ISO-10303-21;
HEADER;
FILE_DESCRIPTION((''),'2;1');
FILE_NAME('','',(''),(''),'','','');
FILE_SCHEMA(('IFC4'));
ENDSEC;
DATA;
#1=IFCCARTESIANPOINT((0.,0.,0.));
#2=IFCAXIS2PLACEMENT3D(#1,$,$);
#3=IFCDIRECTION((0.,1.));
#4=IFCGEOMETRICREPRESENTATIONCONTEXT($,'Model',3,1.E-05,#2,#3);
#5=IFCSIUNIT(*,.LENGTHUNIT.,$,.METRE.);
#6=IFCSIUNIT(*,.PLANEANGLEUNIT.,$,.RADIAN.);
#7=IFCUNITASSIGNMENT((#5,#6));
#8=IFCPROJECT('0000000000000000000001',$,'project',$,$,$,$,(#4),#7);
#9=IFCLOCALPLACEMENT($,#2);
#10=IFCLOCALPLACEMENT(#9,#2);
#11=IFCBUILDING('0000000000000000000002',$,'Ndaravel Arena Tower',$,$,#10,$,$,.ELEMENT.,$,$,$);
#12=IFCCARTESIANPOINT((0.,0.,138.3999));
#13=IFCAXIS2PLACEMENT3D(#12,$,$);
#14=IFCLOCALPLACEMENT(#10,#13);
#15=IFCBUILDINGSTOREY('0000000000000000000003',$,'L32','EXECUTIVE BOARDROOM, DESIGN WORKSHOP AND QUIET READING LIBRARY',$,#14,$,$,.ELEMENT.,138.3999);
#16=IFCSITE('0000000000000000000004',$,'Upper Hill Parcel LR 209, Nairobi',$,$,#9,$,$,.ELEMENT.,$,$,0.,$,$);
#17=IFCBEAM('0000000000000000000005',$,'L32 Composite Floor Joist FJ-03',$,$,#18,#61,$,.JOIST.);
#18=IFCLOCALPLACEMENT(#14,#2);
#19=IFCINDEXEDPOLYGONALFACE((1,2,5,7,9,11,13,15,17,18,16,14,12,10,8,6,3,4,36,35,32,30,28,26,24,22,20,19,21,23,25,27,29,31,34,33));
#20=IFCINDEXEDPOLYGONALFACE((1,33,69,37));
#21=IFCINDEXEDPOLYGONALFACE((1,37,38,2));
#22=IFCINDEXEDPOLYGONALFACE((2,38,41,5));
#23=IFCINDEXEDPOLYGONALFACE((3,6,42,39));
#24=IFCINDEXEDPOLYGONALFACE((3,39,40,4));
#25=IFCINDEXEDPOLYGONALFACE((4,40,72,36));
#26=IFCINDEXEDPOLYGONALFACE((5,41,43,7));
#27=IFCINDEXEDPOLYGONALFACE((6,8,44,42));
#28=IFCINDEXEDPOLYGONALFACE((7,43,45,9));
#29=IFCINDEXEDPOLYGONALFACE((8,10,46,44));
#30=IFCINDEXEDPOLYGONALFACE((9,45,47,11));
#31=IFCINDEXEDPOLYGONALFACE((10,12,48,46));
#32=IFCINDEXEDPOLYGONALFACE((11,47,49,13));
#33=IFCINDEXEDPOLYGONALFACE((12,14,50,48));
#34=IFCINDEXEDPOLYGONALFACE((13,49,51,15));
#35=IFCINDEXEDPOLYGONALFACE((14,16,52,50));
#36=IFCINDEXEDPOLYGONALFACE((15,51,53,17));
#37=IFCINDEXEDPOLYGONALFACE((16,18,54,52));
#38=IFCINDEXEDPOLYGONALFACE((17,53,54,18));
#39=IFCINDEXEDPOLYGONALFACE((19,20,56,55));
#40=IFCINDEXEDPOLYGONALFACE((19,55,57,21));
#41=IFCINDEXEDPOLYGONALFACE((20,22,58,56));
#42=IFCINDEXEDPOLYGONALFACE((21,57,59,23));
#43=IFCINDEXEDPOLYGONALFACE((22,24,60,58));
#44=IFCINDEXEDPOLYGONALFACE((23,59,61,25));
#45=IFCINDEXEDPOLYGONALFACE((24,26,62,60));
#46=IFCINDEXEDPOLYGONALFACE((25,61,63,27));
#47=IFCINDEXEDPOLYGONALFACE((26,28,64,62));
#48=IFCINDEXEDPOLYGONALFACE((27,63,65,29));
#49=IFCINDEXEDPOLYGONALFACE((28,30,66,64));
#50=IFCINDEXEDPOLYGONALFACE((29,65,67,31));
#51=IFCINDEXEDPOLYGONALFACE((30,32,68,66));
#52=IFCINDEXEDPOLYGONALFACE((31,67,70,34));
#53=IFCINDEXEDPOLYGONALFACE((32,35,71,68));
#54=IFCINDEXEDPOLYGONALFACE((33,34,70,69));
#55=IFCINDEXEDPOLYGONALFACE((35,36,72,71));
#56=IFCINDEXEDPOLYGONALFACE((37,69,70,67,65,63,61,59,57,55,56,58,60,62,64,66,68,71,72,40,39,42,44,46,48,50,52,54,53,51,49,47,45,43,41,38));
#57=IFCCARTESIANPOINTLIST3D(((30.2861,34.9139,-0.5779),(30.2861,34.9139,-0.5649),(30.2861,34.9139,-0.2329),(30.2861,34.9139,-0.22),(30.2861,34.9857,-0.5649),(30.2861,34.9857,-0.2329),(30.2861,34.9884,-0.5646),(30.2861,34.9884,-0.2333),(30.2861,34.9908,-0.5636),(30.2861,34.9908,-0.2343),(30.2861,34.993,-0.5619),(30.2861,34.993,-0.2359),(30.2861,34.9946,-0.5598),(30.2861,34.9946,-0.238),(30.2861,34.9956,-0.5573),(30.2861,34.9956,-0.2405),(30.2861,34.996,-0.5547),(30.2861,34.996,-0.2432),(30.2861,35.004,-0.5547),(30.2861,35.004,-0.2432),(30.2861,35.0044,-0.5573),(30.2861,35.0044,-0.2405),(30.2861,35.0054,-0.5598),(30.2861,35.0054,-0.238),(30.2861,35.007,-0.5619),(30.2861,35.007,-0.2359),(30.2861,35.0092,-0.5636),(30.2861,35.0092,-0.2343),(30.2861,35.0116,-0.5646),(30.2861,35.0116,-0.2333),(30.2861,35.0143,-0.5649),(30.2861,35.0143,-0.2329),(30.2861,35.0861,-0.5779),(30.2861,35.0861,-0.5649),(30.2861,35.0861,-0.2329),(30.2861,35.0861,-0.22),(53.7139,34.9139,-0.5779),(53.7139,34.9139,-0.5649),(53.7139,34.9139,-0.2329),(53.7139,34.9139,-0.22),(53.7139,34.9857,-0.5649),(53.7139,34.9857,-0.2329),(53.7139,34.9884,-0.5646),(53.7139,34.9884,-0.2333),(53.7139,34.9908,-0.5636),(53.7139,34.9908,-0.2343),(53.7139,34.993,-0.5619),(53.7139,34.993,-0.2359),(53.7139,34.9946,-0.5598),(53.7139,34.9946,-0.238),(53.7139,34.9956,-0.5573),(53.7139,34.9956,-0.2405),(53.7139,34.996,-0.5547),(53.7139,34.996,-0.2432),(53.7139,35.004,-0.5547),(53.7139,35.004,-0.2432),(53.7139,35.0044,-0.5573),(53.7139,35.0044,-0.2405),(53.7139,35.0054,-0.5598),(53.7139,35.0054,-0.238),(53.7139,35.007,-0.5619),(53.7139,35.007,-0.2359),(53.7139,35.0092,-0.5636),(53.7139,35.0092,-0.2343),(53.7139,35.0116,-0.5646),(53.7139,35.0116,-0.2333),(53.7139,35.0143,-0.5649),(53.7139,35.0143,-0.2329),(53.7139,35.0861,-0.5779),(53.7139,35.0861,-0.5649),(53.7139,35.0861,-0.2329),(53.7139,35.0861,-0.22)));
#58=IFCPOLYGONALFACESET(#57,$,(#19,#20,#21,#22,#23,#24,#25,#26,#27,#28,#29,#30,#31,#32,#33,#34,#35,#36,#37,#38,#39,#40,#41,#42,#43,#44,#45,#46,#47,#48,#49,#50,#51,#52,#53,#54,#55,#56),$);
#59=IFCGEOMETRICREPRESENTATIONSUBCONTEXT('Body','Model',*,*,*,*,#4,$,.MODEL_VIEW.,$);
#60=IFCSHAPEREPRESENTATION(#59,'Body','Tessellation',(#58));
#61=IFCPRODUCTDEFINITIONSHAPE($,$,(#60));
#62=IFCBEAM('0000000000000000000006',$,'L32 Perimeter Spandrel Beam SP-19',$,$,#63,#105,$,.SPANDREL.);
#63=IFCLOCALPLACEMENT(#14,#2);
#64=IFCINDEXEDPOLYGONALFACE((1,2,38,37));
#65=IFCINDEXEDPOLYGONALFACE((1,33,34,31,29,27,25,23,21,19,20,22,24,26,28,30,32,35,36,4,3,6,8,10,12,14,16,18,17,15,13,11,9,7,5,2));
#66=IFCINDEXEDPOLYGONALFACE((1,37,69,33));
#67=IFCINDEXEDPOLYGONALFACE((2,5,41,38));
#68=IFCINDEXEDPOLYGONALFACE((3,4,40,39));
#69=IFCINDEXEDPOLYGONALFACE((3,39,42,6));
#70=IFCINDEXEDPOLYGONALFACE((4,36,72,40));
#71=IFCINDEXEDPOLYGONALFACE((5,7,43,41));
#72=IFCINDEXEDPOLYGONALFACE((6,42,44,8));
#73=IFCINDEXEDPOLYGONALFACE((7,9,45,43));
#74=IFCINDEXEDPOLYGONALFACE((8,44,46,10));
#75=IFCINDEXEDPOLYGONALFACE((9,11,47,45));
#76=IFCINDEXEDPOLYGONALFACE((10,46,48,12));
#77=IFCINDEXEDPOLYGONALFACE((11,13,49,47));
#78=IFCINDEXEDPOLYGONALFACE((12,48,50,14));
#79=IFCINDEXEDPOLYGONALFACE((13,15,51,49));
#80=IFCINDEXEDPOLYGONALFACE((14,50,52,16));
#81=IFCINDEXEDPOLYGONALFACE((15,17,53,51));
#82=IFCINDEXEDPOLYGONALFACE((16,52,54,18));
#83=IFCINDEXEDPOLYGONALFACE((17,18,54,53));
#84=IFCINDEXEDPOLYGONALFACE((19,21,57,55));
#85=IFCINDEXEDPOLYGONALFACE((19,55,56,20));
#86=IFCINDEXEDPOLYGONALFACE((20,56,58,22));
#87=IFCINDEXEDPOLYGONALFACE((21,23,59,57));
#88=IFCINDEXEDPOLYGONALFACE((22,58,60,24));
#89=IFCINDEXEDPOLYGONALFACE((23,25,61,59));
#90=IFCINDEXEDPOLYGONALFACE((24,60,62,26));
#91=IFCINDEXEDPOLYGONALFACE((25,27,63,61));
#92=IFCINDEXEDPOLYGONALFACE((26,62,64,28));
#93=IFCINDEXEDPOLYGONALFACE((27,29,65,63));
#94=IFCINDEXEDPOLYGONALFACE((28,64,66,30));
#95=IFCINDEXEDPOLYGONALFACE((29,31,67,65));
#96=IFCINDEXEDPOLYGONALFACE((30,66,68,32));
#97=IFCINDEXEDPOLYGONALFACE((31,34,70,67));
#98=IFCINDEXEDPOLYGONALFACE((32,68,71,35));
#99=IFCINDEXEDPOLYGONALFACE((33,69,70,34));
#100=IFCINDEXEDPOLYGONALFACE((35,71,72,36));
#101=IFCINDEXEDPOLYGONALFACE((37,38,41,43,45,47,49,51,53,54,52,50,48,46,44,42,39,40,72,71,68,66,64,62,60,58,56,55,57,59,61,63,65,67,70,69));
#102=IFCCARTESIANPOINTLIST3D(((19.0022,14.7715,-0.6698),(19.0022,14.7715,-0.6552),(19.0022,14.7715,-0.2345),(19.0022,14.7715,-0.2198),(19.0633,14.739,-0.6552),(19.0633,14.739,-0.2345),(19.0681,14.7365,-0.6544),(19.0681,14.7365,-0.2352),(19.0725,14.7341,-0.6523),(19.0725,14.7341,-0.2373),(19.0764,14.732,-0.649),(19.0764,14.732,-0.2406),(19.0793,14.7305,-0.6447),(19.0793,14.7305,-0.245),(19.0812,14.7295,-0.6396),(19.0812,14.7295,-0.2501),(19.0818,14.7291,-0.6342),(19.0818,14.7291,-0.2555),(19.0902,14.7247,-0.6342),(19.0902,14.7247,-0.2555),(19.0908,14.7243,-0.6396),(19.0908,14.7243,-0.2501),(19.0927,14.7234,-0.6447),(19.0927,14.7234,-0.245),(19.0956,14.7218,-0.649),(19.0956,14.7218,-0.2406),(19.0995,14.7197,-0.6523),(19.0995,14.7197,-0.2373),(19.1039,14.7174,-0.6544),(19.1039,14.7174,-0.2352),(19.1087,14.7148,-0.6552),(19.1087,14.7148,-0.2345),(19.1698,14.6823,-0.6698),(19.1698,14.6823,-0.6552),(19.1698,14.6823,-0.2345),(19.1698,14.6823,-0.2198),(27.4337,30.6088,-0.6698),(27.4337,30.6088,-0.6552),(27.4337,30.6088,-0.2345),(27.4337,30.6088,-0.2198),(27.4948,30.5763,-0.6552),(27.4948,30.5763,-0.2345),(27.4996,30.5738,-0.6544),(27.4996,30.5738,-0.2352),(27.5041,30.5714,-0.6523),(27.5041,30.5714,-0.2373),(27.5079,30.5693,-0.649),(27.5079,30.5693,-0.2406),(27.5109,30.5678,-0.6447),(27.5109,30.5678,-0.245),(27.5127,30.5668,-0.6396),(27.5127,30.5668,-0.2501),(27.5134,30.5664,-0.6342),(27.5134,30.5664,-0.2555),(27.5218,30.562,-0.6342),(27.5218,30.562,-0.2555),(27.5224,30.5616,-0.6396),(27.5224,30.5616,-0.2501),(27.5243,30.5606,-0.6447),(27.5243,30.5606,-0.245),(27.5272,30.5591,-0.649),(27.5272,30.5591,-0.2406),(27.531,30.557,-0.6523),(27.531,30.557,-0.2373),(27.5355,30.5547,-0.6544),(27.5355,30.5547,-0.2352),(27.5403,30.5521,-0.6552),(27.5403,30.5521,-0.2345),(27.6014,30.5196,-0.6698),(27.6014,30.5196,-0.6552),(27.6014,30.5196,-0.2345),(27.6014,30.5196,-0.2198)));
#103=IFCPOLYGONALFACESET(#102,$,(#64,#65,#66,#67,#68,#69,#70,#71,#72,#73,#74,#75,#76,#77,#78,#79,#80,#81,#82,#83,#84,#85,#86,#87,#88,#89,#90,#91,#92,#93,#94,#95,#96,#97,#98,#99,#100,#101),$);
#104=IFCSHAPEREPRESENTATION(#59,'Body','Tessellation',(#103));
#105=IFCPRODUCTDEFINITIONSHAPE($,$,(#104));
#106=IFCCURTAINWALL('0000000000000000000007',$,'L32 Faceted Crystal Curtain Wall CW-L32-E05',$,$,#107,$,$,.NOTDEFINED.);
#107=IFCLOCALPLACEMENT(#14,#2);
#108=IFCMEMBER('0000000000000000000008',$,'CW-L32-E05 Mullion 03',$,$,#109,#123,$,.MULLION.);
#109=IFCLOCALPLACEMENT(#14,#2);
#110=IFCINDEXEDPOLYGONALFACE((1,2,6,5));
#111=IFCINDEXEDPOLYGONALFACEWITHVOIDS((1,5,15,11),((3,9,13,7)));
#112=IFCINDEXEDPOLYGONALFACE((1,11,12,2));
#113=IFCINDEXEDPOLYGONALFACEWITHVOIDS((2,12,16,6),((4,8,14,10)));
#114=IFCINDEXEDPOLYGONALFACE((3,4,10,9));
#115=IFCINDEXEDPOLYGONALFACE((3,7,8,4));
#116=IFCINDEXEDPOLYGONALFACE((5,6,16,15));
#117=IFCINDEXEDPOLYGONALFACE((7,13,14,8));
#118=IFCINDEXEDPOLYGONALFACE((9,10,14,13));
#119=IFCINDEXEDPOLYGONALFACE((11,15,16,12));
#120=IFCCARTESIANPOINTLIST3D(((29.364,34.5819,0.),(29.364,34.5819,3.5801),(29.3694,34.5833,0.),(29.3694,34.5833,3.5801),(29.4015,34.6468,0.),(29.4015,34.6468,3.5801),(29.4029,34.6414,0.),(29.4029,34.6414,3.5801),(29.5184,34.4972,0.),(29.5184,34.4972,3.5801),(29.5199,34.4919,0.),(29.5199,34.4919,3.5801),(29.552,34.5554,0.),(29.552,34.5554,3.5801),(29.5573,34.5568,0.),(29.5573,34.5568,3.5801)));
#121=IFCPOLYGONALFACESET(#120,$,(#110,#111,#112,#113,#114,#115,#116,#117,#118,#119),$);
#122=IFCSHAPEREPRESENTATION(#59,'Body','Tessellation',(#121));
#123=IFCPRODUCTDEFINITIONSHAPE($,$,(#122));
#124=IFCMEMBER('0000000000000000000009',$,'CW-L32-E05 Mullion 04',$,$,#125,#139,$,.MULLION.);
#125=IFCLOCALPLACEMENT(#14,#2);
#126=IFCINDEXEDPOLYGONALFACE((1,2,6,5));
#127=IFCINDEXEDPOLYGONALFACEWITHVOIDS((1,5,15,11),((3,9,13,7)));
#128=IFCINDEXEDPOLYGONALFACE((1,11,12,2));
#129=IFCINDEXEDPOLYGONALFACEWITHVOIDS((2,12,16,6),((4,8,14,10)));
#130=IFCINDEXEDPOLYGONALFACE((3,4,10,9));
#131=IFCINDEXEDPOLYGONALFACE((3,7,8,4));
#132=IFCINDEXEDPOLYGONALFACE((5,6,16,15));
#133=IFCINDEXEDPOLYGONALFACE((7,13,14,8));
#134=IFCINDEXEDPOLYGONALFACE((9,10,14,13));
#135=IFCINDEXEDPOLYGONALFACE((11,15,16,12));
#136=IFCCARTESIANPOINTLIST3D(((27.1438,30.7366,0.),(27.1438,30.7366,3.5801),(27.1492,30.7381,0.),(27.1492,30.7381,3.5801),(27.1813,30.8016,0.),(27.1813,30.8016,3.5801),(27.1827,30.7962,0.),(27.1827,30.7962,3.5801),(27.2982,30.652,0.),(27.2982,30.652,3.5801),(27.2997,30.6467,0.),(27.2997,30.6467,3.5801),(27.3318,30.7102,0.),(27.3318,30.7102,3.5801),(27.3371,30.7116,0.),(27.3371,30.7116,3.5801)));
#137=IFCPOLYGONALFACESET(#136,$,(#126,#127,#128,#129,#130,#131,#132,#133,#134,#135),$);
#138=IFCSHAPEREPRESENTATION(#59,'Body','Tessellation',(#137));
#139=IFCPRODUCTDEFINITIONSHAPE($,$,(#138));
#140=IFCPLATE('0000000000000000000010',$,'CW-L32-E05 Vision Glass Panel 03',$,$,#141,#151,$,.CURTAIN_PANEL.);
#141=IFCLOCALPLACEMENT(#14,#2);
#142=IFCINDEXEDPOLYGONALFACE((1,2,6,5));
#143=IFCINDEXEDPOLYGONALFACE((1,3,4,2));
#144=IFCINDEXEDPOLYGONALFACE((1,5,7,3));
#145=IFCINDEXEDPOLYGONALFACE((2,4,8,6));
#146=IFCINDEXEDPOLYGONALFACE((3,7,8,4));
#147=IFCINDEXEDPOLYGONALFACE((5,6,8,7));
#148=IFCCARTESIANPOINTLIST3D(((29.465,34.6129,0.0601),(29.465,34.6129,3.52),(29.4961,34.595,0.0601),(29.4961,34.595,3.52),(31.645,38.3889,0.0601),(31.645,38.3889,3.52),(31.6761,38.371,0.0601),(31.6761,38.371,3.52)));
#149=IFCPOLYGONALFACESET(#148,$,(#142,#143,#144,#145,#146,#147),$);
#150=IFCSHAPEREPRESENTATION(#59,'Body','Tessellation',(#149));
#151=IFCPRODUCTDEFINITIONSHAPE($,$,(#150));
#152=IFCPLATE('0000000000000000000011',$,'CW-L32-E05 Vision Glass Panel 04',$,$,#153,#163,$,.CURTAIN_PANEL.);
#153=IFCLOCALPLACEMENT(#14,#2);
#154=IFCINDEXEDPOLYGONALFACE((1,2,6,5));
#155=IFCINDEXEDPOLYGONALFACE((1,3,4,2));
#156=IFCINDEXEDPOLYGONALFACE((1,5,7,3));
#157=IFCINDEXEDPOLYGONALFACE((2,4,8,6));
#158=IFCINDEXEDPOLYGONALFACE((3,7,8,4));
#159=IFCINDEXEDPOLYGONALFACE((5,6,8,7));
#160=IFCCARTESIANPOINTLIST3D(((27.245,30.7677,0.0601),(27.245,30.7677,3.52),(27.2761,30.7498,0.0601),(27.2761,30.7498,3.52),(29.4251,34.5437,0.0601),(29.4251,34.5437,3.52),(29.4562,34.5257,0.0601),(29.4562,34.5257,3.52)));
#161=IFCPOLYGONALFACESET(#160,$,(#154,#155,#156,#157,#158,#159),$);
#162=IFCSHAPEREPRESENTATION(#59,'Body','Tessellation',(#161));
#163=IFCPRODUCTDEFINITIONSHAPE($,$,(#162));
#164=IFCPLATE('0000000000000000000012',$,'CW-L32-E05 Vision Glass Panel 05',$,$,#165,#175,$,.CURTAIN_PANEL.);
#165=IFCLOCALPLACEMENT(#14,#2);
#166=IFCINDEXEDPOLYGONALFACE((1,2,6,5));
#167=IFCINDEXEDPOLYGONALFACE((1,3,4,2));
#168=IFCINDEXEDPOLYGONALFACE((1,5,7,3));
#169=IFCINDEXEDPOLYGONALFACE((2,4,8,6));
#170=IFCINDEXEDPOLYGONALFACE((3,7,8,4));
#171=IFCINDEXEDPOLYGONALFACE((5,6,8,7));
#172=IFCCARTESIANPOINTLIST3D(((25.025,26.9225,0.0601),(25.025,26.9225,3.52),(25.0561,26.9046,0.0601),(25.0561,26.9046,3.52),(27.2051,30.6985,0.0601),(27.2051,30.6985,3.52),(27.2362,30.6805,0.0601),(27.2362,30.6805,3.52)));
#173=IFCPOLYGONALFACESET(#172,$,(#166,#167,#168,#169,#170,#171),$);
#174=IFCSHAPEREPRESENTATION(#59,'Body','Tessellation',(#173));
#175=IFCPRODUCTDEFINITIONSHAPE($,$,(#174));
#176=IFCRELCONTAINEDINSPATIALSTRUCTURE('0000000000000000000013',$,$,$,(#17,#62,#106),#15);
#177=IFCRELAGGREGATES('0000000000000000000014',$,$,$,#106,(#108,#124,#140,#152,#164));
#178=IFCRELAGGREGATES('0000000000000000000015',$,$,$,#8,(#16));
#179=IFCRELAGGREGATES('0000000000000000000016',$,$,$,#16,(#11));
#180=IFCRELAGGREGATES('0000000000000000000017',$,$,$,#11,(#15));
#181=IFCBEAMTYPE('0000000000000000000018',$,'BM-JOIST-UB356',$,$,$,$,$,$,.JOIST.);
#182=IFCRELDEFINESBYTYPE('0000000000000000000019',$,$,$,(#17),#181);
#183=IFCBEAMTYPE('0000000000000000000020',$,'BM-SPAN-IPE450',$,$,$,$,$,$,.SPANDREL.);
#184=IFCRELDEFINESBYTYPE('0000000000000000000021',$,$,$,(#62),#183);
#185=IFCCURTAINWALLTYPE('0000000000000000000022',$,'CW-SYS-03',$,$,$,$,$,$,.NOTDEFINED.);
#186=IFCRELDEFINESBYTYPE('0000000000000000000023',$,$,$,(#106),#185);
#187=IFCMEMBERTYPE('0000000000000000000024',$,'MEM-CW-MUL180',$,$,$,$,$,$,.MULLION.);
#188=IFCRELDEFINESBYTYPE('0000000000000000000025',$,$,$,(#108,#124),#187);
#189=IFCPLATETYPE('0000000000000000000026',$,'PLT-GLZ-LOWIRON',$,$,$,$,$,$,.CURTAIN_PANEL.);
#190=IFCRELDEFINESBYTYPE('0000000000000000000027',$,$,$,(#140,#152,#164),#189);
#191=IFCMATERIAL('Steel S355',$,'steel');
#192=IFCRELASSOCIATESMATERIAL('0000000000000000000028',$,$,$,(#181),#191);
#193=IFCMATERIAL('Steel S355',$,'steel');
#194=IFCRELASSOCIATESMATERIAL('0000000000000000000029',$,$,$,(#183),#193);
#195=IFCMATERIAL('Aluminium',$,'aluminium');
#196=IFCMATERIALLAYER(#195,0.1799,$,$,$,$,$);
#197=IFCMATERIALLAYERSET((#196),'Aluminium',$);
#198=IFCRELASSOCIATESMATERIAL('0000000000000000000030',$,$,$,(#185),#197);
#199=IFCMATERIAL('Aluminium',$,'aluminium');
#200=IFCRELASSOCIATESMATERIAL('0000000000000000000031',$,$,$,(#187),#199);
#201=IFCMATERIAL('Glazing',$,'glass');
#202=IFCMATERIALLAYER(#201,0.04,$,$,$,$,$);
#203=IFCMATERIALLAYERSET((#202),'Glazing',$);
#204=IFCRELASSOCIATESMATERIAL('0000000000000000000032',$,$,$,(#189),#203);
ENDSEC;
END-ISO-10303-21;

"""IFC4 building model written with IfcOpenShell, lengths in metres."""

from ifc_helpers import new_model, si_unit, direction, frame, origin, origin_2d, place, context, subcontext, project, spatial, rectangle, hollow_rectangle, i_section, extrude, material, layer, layer_set, material_profile, profile_set, type_object, element, aggregate, save


model = new_model("IFC4")

# Units and contexts
model_context = context("Model", 3, precision=1e-05, world=origin(), true_north=direction((0.0, 1.0)))
body_context = subcontext(model_context, "Body", "Model", "MODEL_VIEW")
ifc_project = project(units=[si_unit("LENGTHUNIT", "METRE"), si_unit("PLANEANGLEUNIT", "RADIAN")], contexts=[model_context])

# Site, building, storey
site_placement = place(None, origin())
site = spatial("IfcSite", under=ifc_project, at=site_placement, Name="Upper Hill Parcel LR 209, Nairobi", CompositionType="ELEMENT", RefElevation=0.0)
building_placement = place(site_placement, origin())
building = spatial("IfcBuilding", under=site, at=building_placement, Name="Ndaravel Arena Tower", CompositionType="ELEMENT")
storey_placement = place(building_placement, frame((0.0, 0.0, 138.3999)))
storey = spatial("IfcBuildingStorey", under=building, at=storey_placement, Name="L32", Description="EXECUTIVE BOARDROOM, DESIGN WORKSHOP AND QUIET READING LIBRARY", CompositionType="ELEMENT", Elevation=138.3999)

# Beams
ifc_material_1 = material(Name="Steel S355", Category="steel")
ifc_material_profile_1 = material_profile(ifc_material_1, i_section(OverallWidth=0.1721, OverallDepth=0.3579, WebThickness=0.0081, FlangeThickness=0.0129, FilletRadius=0.0103, at=origin_2d()), Name="UB 356x171x57")
ifc_profile_set_1 = profile_set([ifc_material_profile_1], Name="Steel S355")
beam_type_1 = type_object("IfcBeamType", Name="BM-JOIST-UB356", PredefinedType="JOIST", material=ifc_profile_set_1)
beam_1_placement = place(storey_placement, frame((30.2861, 35.0, -0.3989), z_axis=(1.0, 0.0, 0.0), x_axis=(0.0, 1.0, 0.0)))
element("IfcBeam", 1, at=beam_1_placement, inside=storey, type_object=beam_type_1, Name="L32 Composite Floor Joist FJ-03", PredefinedType="JOIST", context=body_context, shape_type="SweptSolid", body=[
    extrude(i_section(OverallWidth=0.1721, OverallDepth=0.3579, WebThickness=0.0081, FlangeThickness=0.0129, FilletRadius=0.0103, at=origin_2d()), origin(), (0.0, 0.0, 1.0), 23.4277),
])
ifc_material_2 = material(Name="Steel S355", Category="steel")
ifc_material_profile_2 = material_profile(ifc_material_2, i_section(OverallWidth=0.1899, OverallDepth=0.45, WebThickness=0.0095, FlangeThickness=0.0146, FilletRadius=0.021, at=origin_2d()), Name="IPE 450")
ifc_profile_set_2 = profile_set([ifc_material_profile_2], Name="Steel S355")
beam_type_2 = type_object("IfcBeamType", Name="BM-SPAN-IPE450", PredefinedType="SPANDREL", material=ifc_profile_set_2)
beam_2_placement = place(storey_placement, frame((27.5176, 30.5642, -0.4448), z_axis=(-0.469938, -0.882699, 0.0), x_axis=(0.882699, -0.469938, 0.0)))
element("IfcBeam", 2, at=beam_2_placement, inside=storey, type_object=beam_type_2, Name="L32 Perimeter Spandrel Beam SP-19", PredefinedType="SPANDREL", context=body_context, shape_type="SweptSolid", body=[
    extrude(i_section(OverallWidth=0.1899, OverallDepth=0.45, WebThickness=0.0095, FlangeThickness=0.0146, FilletRadius=0.021, at=origin_2d()), origin(), (0.0, 0.0, 1.0), 17.9419),
])

# Curtain wall, members, plates
ifc_material_3 = material(Name="Aluminium", Category="aluminium")
ifc_layer_1 = layer(ifc_material_3, 0.1799)
ifc_layer_set_1 = layer_set([ifc_layer_1], Name="Aluminium")
curtain_wall_type = type_object("IfcCurtainWallType", Name="CW-SYS-03", PredefinedType="NOTDEFINED", material=ifc_layer_set_1)
curtain_wall_placement = place(storey_placement, origin())
curtain_wall = element("IfcCurtainWall", 3, at=curtain_wall_placement, inside=storey, type_object=curtain_wall_type, Name="L32 Faceted Crystal Curtain Wall CW-L32-E05", PredefinedType="NOTDEFINED")
ifc_material_4 = material(Name="Aluminium", Category="aluminium")
ifc_material_profile_3 = material_profile(ifc_material_4, hollow_rectangle(XDim=0.075, YDim=0.1799, WallThickness=0.0039, at=origin_2d()), Name="CW MULLION 75x180x4")
ifc_profile_set_3 = profile_set([ifc_material_profile_3], Name="Aluminium")
member_type = type_object("IfcMemberType", Name="MEM-CW-MUL180", PredefinedType="MULLION", material=ifc_profile_set_3)
member_1_placement = place(storey_placement, frame((29.4607, 34.5693, 0.0), z_axis=(0.0, 0.0, 1.0), x_axis=(-0.5, -0.866025, 0.0)))
member_1 = element("IfcMember", 4, at=member_1_placement, type_object=member_type, Name="CW-L32-E05 Mullion 03", PredefinedType="MULLION", context=body_context, shape_type="SweptSolid", body=[
    extrude(hollow_rectangle(XDim=0.075, YDim=0.1799, WallThickness=0.0039, at=origin_2d()), origin(), (0.0, 0.0, 1.0), 3.5801),
])
member_2_placement = place(storey_placement, frame((27.2405, 30.7241, 0.0), z_axis=(0.0, 0.0, 1.0), x_axis=(-0.5, -0.866025, 0.0)))
member_2 = element("IfcMember", 5, at=member_2_placement, type_object=member_type, Name="CW-L32-E05 Mullion 04", PredefinedType="MULLION", context=body_context, shape_type="SweptSolid", body=[
    extrude(hollow_rectangle(XDim=0.075, YDim=0.1799, WallThickness=0.0039, at=origin_2d()), origin(), (0.0, 0.0, 1.0), 3.5801),
])
ifc_material_5 = material(Name="Glazing", Category="glass")
ifc_layer_2 = layer(ifc_material_5, 0.04)
ifc_layer_set_2 = layer_set([ifc_layer_2], Name="Glazing")
plate_type = type_object("IfcPlateType", Name="PLT-GLZ-LOWIRON", PredefinedType="CURTAIN_PANEL", material=ifc_layer_set_2)
plate_1_placement = place(storey_placement, frame((30.5706, 36.4919, 0.0601), z_axis=(0.0, 0.0, 1.0), x_axis=(-0.5, -0.866025, 0.0)))
plate_1 = element("IfcPlate", 6, at=plate_1_placement, type_object=plate_type, Name="CW-L32-E05 Vision Glass Panel 03", PredefinedType="CURTAIN_PANEL", context=body_context, shape_type="SweptSolid", body=[
    extrude(rectangle(XDim=4.3601, YDim=0.0359, at=origin_2d()), origin(), (0.0, 0.0, 1.0), 3.46),
])
plate_2_placement = place(storey_placement, frame((28.3506, 32.6467, 0.0601), z_axis=(0.0, 0.0, 1.0), x_axis=(-0.5, -0.866025, 0.0)))
plate_2 = element("IfcPlate", 7, at=plate_2_placement, type_object=plate_type, Name="CW-L32-E05 Vision Glass Panel 04", PredefinedType="CURTAIN_PANEL", context=body_context, shape_type="SweptSolid", body=[
    extrude(rectangle(XDim=4.3601, YDim=0.0359, at=origin_2d()), origin(), (0.0, 0.0, 1.0), 3.46),
])
plate_3_placement = place(storey_placement, frame((26.1306, 28.8015, 0.0601), z_axis=(0.0, 0.0, 1.0), x_axis=(-0.5, -0.866025, 0.0)))
plate_3 = element("IfcPlate", 8, at=plate_3_placement, type_object=plate_type, Name="CW-L32-E05 Vision Glass Panel 05", PredefinedType="CURTAIN_PANEL", context=body_context, shape_type="SweptSolid", body=[
    extrude(rectangle(XDim=4.3601, YDim=0.0359, at=origin_2d()), origin(), (0.0, 0.0, 1.0), 3.46),
])
aggregate(curtain_wall, [member_1, member_2, plate_1, plate_2, plate_3])

save(model, "model.ifc")
